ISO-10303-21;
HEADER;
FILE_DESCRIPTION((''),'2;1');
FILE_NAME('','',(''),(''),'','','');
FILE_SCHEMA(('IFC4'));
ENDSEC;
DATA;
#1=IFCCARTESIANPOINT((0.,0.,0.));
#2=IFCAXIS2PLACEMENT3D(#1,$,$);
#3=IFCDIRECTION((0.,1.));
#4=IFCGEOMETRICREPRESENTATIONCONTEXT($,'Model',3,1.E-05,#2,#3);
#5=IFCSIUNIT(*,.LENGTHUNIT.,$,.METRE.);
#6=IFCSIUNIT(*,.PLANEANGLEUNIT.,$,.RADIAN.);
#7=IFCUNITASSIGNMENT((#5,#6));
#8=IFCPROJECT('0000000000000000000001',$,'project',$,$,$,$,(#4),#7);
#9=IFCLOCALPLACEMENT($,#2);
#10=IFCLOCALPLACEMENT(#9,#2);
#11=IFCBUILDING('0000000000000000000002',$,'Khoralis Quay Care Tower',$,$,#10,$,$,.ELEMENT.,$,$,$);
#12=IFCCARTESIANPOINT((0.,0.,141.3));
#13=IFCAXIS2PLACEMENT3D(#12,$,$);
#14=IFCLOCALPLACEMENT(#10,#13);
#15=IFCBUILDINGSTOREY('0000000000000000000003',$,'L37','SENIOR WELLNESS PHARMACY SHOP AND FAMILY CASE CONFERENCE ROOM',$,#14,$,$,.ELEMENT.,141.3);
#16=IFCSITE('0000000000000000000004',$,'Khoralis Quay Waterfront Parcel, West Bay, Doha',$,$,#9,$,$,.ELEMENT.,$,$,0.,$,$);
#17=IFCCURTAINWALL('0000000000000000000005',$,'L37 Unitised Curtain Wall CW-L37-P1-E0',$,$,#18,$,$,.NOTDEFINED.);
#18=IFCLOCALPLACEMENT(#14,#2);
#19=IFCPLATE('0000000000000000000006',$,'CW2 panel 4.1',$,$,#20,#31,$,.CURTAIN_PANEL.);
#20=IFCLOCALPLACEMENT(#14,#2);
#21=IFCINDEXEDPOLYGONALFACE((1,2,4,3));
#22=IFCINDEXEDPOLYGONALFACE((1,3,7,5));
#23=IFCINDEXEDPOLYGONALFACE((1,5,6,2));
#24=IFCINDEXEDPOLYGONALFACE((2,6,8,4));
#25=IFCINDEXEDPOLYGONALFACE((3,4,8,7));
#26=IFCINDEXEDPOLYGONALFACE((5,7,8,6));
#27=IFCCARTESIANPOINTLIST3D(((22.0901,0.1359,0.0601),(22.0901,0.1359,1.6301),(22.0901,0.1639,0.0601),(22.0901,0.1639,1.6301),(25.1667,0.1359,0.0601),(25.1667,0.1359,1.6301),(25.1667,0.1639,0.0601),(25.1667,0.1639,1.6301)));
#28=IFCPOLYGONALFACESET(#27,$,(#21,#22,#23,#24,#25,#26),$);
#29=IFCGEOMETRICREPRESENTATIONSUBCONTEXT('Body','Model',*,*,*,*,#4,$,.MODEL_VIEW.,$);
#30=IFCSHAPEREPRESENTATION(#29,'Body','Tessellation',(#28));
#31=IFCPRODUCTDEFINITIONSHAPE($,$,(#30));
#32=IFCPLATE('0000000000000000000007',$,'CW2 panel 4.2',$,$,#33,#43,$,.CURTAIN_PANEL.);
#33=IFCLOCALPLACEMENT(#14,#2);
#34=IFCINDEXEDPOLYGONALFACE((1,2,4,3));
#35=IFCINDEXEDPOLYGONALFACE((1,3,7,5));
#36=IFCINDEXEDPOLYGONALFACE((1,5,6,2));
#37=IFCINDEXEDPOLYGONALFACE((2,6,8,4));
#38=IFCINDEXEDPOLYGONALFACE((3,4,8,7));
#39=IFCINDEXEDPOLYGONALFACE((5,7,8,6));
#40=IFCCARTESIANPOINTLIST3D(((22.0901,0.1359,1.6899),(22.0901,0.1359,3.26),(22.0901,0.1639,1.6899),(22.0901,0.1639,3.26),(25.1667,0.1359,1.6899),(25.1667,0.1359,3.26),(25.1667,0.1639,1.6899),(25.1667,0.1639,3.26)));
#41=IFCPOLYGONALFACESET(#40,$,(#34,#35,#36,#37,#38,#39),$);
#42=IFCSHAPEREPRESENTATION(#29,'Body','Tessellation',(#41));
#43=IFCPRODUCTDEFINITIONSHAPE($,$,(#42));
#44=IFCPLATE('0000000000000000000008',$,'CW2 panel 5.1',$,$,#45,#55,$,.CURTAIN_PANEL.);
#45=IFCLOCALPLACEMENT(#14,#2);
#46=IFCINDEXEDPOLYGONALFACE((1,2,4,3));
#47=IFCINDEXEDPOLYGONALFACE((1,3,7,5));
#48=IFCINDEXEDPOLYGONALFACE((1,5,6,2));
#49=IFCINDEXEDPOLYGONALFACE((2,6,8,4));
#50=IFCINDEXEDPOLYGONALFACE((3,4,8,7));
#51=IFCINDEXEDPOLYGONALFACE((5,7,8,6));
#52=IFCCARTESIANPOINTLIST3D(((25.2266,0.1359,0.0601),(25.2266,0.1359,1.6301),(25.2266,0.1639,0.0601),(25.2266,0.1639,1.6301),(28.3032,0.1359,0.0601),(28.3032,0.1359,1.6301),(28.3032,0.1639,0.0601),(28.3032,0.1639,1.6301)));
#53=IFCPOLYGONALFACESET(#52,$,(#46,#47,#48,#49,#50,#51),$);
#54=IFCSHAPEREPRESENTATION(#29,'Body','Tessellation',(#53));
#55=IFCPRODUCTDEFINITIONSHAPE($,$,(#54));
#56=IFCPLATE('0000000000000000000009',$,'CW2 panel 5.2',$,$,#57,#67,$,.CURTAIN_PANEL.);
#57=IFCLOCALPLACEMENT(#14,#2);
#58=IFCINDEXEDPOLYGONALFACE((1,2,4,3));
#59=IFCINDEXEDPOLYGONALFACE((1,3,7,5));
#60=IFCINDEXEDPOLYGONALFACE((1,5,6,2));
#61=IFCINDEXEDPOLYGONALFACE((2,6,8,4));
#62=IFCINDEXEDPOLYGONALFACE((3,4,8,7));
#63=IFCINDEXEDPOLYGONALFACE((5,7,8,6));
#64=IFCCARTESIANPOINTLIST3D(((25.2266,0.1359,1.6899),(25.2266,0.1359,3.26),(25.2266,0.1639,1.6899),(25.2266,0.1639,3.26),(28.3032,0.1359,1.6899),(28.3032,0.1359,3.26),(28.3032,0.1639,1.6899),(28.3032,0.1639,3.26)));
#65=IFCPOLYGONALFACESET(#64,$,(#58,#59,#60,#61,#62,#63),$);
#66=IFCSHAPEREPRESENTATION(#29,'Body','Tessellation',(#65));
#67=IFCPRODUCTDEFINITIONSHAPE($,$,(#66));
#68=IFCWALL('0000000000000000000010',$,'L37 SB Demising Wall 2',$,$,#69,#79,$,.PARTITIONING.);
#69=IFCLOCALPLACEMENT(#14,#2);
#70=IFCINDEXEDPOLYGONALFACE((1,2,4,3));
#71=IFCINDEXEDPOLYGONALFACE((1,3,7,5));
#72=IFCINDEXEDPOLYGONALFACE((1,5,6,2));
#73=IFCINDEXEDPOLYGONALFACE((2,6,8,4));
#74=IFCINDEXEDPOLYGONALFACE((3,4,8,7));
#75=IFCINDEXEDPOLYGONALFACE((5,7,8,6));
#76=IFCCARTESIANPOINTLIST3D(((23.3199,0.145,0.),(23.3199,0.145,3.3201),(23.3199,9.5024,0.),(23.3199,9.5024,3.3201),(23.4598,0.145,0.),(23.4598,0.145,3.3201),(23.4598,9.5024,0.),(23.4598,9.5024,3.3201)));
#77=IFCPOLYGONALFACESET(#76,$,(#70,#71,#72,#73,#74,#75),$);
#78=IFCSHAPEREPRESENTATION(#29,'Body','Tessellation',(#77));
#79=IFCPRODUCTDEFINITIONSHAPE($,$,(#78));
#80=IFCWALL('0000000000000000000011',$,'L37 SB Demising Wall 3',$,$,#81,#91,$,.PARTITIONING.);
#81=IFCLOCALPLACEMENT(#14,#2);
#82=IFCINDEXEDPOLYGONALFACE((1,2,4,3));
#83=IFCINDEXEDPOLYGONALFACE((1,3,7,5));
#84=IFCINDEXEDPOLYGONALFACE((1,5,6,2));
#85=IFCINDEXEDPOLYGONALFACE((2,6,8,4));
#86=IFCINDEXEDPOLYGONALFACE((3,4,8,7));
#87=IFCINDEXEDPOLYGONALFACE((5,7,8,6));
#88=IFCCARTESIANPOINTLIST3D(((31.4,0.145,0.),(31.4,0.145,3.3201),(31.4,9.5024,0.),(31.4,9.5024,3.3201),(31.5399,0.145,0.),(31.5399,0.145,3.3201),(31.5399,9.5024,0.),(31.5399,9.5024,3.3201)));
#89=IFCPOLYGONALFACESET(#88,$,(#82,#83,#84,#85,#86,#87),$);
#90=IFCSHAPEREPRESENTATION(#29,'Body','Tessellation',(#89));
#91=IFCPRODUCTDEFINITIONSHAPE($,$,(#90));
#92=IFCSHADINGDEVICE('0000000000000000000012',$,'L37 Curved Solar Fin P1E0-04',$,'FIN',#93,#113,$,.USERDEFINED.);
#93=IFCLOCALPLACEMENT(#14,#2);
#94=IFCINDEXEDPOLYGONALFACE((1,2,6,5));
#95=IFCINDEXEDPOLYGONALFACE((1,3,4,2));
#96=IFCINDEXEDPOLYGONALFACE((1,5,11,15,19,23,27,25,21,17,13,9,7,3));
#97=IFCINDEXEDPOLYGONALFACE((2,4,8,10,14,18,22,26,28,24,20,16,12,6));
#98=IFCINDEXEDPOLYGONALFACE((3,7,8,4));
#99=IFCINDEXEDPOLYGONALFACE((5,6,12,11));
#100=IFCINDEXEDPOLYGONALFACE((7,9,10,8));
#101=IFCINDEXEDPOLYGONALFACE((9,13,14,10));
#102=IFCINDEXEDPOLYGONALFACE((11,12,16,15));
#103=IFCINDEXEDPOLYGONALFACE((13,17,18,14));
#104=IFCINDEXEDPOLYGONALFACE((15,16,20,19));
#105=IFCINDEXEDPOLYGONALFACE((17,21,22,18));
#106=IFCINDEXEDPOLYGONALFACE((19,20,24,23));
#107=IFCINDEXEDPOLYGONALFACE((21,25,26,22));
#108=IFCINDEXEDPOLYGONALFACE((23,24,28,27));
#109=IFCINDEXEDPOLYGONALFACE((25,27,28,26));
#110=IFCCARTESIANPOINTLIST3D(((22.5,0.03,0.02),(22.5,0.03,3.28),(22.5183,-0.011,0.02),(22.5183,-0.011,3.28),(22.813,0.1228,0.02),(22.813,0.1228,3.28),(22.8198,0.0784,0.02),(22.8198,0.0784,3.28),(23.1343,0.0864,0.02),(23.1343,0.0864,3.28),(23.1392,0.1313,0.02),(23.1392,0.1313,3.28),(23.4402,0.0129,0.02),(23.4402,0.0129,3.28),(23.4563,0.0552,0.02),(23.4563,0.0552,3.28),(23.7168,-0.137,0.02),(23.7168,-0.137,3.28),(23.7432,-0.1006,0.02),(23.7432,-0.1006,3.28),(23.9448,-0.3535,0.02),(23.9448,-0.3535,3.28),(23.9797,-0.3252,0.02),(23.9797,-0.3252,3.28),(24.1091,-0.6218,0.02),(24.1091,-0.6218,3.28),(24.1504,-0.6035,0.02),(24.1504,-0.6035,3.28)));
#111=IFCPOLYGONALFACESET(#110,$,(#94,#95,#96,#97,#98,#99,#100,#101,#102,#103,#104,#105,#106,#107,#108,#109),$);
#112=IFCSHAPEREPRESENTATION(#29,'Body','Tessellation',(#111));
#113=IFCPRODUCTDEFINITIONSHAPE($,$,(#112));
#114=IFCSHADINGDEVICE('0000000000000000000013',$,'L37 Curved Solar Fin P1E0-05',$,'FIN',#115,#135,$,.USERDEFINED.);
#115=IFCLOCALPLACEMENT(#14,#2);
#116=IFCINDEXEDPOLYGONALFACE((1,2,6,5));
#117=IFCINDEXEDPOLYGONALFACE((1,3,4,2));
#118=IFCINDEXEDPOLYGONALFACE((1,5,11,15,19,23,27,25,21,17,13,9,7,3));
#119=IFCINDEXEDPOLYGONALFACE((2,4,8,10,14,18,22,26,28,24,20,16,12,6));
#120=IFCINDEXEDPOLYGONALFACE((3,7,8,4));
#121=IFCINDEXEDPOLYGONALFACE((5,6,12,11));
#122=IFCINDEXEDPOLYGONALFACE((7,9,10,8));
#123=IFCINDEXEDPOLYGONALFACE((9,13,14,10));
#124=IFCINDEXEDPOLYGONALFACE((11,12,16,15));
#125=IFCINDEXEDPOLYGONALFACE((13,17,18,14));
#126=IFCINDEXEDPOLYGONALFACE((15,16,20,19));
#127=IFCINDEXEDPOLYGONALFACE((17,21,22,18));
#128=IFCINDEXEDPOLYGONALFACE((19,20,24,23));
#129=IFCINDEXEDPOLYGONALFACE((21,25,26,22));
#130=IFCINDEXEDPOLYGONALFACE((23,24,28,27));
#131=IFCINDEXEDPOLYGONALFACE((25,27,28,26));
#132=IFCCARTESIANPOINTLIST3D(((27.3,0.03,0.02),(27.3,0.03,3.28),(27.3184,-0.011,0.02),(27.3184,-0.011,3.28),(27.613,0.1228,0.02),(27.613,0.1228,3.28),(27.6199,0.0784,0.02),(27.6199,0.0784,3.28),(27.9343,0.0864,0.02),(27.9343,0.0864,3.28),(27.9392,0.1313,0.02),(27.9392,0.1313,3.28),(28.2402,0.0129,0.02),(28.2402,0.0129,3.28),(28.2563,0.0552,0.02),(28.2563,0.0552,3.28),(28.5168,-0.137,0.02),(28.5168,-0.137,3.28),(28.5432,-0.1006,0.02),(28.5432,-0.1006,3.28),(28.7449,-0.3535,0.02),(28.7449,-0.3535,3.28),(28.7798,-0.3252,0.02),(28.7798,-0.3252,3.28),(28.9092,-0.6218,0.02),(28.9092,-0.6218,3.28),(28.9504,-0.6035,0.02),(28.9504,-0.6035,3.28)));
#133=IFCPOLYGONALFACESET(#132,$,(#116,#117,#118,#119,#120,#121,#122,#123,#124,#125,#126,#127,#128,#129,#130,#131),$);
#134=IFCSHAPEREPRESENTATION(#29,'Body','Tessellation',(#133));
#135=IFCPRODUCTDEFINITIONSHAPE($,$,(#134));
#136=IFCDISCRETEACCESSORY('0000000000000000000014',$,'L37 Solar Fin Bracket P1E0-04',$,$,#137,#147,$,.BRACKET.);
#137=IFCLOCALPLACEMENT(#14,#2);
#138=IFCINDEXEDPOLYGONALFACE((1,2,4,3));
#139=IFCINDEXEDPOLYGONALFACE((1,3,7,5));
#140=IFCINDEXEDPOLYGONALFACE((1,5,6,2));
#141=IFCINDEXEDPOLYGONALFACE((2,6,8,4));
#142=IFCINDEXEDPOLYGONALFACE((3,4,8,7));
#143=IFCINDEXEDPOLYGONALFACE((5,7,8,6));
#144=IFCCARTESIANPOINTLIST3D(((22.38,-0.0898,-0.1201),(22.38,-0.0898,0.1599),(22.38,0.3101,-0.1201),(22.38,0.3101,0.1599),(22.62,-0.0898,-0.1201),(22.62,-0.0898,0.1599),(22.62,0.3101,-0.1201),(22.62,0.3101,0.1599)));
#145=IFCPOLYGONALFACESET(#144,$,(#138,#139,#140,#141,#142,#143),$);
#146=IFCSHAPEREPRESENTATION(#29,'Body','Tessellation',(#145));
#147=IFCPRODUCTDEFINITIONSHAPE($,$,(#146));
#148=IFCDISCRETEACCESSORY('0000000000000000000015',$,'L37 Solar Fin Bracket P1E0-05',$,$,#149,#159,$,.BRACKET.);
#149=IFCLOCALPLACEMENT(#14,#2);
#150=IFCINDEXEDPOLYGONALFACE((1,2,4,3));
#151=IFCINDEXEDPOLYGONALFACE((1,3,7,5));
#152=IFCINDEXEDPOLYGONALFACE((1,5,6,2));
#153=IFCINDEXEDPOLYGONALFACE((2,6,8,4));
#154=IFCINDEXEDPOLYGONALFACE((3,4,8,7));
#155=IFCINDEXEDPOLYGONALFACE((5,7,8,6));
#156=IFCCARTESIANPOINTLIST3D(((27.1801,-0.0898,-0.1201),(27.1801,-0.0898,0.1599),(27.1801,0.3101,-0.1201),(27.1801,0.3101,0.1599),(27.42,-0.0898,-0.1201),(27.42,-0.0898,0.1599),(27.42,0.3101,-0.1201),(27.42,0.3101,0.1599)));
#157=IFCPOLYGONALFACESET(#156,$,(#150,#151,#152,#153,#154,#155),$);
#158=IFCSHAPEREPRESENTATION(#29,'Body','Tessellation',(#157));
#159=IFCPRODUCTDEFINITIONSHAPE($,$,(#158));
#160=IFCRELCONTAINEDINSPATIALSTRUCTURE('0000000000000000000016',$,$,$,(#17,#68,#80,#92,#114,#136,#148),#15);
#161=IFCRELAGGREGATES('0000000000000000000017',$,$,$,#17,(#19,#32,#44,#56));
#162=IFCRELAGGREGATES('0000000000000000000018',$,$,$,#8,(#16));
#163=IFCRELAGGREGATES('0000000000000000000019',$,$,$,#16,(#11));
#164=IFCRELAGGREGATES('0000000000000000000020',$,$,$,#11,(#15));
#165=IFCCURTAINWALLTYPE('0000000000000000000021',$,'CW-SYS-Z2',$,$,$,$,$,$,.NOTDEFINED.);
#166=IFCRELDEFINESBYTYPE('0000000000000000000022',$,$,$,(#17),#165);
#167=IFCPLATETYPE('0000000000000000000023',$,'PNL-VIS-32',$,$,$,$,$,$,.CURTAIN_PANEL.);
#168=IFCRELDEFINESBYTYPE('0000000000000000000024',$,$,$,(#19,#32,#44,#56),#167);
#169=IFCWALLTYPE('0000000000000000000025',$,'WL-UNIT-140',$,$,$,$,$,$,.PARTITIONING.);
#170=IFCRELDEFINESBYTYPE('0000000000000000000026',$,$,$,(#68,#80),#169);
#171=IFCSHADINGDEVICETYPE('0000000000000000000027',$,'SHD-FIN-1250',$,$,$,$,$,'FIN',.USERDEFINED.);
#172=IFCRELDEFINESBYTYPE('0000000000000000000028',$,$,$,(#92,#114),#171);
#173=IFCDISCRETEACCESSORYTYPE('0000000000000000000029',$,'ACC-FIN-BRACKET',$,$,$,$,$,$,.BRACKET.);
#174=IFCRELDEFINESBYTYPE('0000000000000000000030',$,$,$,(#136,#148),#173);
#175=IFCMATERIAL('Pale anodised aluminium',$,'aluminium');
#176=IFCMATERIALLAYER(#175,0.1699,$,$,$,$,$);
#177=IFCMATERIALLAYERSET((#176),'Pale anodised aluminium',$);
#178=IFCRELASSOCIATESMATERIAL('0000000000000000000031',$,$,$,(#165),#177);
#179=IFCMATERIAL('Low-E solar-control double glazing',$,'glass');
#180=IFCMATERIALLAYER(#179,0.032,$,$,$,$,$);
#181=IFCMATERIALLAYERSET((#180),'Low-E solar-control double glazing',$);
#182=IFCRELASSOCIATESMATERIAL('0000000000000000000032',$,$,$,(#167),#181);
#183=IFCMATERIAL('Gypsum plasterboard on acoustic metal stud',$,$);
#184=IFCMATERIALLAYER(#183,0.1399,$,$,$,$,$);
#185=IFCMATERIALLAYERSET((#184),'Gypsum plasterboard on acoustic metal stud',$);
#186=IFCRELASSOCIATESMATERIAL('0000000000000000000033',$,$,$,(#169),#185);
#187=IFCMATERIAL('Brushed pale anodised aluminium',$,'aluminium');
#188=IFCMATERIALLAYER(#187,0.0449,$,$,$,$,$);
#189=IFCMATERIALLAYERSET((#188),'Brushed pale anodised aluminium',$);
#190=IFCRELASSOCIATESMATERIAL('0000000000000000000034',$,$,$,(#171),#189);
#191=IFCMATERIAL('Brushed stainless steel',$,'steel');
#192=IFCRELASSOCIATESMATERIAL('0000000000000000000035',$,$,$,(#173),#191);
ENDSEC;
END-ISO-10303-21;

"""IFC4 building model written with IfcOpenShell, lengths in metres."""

from ifc_helpers import new_model, si_unit, direction, frame, frame_2d, origin, origin_2d, place, context, subcontext, project, spatial, polyline, rectangle, outline, extrude, source, transform, mapped, material, layer, layer_set, type_object, element, aggregate, save


model = new_model("IFC4")

# Units and contexts
model_context = context("Model", 3, precision=1e-05, world=origin(), true_north=direction((0.0, 1.0)))
body_context = subcontext(model_context, "Body", "Model", "MODEL_VIEW")
ifc_project = project(units=[si_unit("LENGTHUNIT", "METRE"), si_unit("PLANEANGLEUNIT", "RADIAN")], contexts=[model_context])

# Site, building, storey
site_placement = place(None, origin())
site = spatial("IfcSite", under=ifc_project, at=site_placement, Name="Khoralis Quay Waterfront Parcel, West Bay, Doha", CompositionType="ELEMENT", RefElevation=0.0)
building_placement = place(site_placement, origin())
building = spatial("IfcBuilding", under=site, at=building_placement, Name="Khoralis Quay Care Tower", CompositionType="ELEMENT")
storey_placement = place(building_placement, frame((0.0, 0.0, 141.3)))
storey = spatial("IfcBuildingStorey", under=building, at=storey_placement, Name="L37", Description="SENIOR WELLNESS PHARMACY SHOP AND FAMILY CASE CONFERENCE ROOM", CompositionType="ELEMENT", Elevation=141.3)

# Curtain wall, plates
ifc_material_1 = material(Name="Pale anodised aluminium", Category="aluminium")
ifc_layer_1 = layer(ifc_material_1, 0.1699)
ifc_layer_set_1 = layer_set([ifc_layer_1], Name="Pale anodised aluminium")
curtain_wall_type = type_object("IfcCurtainWallType", Name="CW-SYS-Z2", PredefinedType="NOTDEFINED", material=ifc_layer_set_1)
curtain_wall_placement = place(storey_placement, origin())
curtain_wall = element("IfcCurtainWall", 1, at=curtain_wall_placement, inside=storey, type_object=curtain_wall_type, Name="L37 Unitised Curtain Wall CW-L37-P1-E0", PredefinedType="NOTDEFINED")
ifc_material_2 = material(Name="Low-E solar-control double glazing", Category="glass")
ifc_layer_2 = layer(ifc_material_2, 0.032)
ifc_layer_set_2 = layer_set([ifc_layer_2], Name="Low-E solar-control double glazing")
plate_type = type_object("IfcPlateType", Name="PNL-VIS-32", PredefinedType="CURTAIN_PANEL", material=ifc_layer_set_2)
shared_shape_1 = source(origin(), body_context, "Body", "SweptSolid", [
    extrude(rectangle(XDim=3.0767, YDim=0.0281, at=origin_2d()), origin(), (0.0, 0.0, 1.0), 1.5701),
])
plate_1_placement = place(storey_placement, frame((23.6284, 0.1499, 0.0601), z_axis=(0.0, 0.0, 1.0), x_axis=(1.0, 0.0, 0.0)))
plate_1 = element("IfcPlate", 2, at=plate_1_placement, type_object=plate_type, Name="CW2 panel 4.1", PredefinedType="CURTAIN_PANEL", context=body_context, shape_type="MappedRepresentation", body=[
    mapped(shared_shape_1, transform((0.0, 0.0, 0.0), scale=1.0)),
])
plate_2_placement = place(storey_placement, frame((23.6284, 0.1499, 1.6899), z_axis=(0.0, 0.0, 1.0), x_axis=(1.0, 0.0, 0.0)))
plate_2 = element("IfcPlate", 3, at=plate_2_placement, type_object=plate_type, Name="CW2 panel 4.2", PredefinedType="CURTAIN_PANEL", context=body_context, shape_type="MappedRepresentation", body=[
    mapped(shared_shape_1, transform((0.0, 0.0, 0.0), scale=1.0)),
])
plate_3_placement = place(storey_placement, frame((26.7649, 0.1499, 0.0601), z_axis=(0.0, 0.0, 1.0), x_axis=(1.0, 0.0, 0.0)))
plate_3 = element("IfcPlate", 4, at=plate_3_placement, type_object=plate_type, Name="CW2 panel 5.1", PredefinedType="CURTAIN_PANEL", context=body_context, shape_type="MappedRepresentation", body=[
    mapped(shared_shape_1, transform((0.0, 0.0, 0.0), scale=1.0)),
])
plate_4_placement = place(storey_placement, frame((26.7649, 0.1499, 1.6899), z_axis=(0.0, 0.0, 1.0), x_axis=(1.0, 0.0, 0.0)))
plate_4 = element("IfcPlate", 5, at=plate_4_placement, type_object=plate_type, Name="CW2 panel 5.2", PredefinedType="CURTAIN_PANEL", context=body_context, shape_type="MappedRepresentation", body=[
    mapped(shared_shape_1, transform((0.0, 0.0, 0.0), scale=1.0)),
])
aggregate(curtain_wall, [plate_1, plate_2, plate_3, plate_4])

# Walls
ifc_material_3 = material(Name="Gypsum plasterboard on acoustic metal stud")
ifc_layer_3 = layer(ifc_material_3, 0.1399)
ifc_layer_set_3 = layer_set([ifc_layer_3], Name="Gypsum plasterboard on acoustic metal stud")
wall_type = type_object("IfcWallType", Name="WL-UNIT-140", PredefinedType="PARTITIONING", material=ifc_layer_set_3)
for number, where, z_axis, x_axis, name in (
    (6, (23.3899, 0.145, 0.0), (0.0, 0.0, 1.0), (0.0, 1.0, 0.0), "L37 SB Demising Wall 2"),
    (7, (31.47, 0.145, 0.0), (0.0, 0.0, 1.0), (0.0, 1.0, 0.0), "L37 SB Demising Wall 3"),
):
    element("IfcWall", number, at=place(storey_placement, frame(where, z_axis=z_axis, x_axis=x_axis)), inside=storey, type_object=wall_type, Name=name, PredefinedType="PARTITIONING", context=body_context, shape_type="SweptSolid", body=[
        extrude(rectangle(XDim=9.3574, YDim=0.1399, at=frame_2d((4.6787, 0.0))), origin(), (0.0, 0.0, 1.0), 3.3201),
    ])

# Shading devices
ifc_material_4 = material(Name="Brushed pale anodised aluminium", Category="aluminium")
ifc_layer_4 = layer(ifc_material_4, 0.0449)
ifc_layer_set_4 = layer_set([ifc_layer_4], Name="Brushed pale anodised aluminium")
shading_device_type = type_object("IfcShadingDeviceType", Name="SHD-FIN-1250", ElementType="FIN", PredefinedType="USERDEFINED", material=ifc_layer_set_4)
shared_shape_2 = source(origin(), body_context, "Body", "SweptSolid", [
    extrude(outline(polyline([(0.0, 0.0), (-0.0928, 0.313), (-0.1013, 0.6392), (-0.0251, 0.9563), (0.1306, 1.2432), (0.3552, 1.4797), (0.6335, 1.6504), (0.6519, 1.6091), (0.3835, 1.4448), (0.167, 1.2168), (0.0171, 0.9402), (-0.0564, 0.6343), (-0.0483, 0.3198), (0.041, 0.0183), (0.0, 0.0)])), origin(), (0.0, 0.0, 1.0), 3.26),
])
for number, where, z_axis, x_axis, name in (
    (8, (22.5, 0.03, 0.02), (0.0, 0.0, 1.0), (0.0, -1.0, 0.0), "L37 Curved Solar Fin P1E0-04"),
    (9, (27.3, 0.03, 0.02), (0.0, 0.0, 1.0), (0.0, -1.0, 0.0), "L37 Curved Solar Fin P1E0-05"),
):
    element("IfcShadingDevice", number, at=place(storey_placement, frame(where, z_axis=z_axis, x_axis=x_axis)), inside=storey, type_object=shading_device_type, Name=name, ObjectType="FIN", PredefinedType="USERDEFINED", context=body_context, shape_type="MappedRepresentation", body=[
        mapped(shared_shape_2, transform((0.0, 0.0, 0.0), scale=1.0)),
    ])

# Discrete accessories
ifc_material_5 = material(Name="Brushed stainless steel", Category="steel")
discrete_accessory_type = type_object("IfcDiscreteAccessoryType", Name="ACC-FIN-BRACKET", PredefinedType="BRACKET", material=ifc_material_5)
shared_shape_3 = source(origin(), body_context, "Body", "SweptSolid", [
    extrude(rectangle(XDim=0.3999, YDim=0.24, at=origin_2d()), origin(), (0.0, 0.0, 1.0), 0.28),
])
for number, where, z_axis, x_axis, name in (
    (10, (22.5, 0.1101, -0.1201), (0.0, 0.0, 1.0), (0.0, -1.0, 0.0), "L37 Solar Fin Bracket P1E0-04"),
    (11, (27.3, 0.1101, -0.1201), (0.0, 0.0, 1.0), (0.0, -1.0, 0.0), "L37 Solar Fin Bracket P1E0-05"),
):
    element("IfcDiscreteAccessory", number, at=place(storey_placement, frame(where, z_axis=z_axis, x_axis=x_axis)), inside=storey, type_object=discrete_accessory_type, Name=name, PredefinedType="BRACKET", context=body_context, shape_type="MappedRepresentation", body=[
        mapped(shared_shape_3, transform((0.0, 0.0, 0.0), scale=1.0)),
    ])

save(model, "model.ifc")
